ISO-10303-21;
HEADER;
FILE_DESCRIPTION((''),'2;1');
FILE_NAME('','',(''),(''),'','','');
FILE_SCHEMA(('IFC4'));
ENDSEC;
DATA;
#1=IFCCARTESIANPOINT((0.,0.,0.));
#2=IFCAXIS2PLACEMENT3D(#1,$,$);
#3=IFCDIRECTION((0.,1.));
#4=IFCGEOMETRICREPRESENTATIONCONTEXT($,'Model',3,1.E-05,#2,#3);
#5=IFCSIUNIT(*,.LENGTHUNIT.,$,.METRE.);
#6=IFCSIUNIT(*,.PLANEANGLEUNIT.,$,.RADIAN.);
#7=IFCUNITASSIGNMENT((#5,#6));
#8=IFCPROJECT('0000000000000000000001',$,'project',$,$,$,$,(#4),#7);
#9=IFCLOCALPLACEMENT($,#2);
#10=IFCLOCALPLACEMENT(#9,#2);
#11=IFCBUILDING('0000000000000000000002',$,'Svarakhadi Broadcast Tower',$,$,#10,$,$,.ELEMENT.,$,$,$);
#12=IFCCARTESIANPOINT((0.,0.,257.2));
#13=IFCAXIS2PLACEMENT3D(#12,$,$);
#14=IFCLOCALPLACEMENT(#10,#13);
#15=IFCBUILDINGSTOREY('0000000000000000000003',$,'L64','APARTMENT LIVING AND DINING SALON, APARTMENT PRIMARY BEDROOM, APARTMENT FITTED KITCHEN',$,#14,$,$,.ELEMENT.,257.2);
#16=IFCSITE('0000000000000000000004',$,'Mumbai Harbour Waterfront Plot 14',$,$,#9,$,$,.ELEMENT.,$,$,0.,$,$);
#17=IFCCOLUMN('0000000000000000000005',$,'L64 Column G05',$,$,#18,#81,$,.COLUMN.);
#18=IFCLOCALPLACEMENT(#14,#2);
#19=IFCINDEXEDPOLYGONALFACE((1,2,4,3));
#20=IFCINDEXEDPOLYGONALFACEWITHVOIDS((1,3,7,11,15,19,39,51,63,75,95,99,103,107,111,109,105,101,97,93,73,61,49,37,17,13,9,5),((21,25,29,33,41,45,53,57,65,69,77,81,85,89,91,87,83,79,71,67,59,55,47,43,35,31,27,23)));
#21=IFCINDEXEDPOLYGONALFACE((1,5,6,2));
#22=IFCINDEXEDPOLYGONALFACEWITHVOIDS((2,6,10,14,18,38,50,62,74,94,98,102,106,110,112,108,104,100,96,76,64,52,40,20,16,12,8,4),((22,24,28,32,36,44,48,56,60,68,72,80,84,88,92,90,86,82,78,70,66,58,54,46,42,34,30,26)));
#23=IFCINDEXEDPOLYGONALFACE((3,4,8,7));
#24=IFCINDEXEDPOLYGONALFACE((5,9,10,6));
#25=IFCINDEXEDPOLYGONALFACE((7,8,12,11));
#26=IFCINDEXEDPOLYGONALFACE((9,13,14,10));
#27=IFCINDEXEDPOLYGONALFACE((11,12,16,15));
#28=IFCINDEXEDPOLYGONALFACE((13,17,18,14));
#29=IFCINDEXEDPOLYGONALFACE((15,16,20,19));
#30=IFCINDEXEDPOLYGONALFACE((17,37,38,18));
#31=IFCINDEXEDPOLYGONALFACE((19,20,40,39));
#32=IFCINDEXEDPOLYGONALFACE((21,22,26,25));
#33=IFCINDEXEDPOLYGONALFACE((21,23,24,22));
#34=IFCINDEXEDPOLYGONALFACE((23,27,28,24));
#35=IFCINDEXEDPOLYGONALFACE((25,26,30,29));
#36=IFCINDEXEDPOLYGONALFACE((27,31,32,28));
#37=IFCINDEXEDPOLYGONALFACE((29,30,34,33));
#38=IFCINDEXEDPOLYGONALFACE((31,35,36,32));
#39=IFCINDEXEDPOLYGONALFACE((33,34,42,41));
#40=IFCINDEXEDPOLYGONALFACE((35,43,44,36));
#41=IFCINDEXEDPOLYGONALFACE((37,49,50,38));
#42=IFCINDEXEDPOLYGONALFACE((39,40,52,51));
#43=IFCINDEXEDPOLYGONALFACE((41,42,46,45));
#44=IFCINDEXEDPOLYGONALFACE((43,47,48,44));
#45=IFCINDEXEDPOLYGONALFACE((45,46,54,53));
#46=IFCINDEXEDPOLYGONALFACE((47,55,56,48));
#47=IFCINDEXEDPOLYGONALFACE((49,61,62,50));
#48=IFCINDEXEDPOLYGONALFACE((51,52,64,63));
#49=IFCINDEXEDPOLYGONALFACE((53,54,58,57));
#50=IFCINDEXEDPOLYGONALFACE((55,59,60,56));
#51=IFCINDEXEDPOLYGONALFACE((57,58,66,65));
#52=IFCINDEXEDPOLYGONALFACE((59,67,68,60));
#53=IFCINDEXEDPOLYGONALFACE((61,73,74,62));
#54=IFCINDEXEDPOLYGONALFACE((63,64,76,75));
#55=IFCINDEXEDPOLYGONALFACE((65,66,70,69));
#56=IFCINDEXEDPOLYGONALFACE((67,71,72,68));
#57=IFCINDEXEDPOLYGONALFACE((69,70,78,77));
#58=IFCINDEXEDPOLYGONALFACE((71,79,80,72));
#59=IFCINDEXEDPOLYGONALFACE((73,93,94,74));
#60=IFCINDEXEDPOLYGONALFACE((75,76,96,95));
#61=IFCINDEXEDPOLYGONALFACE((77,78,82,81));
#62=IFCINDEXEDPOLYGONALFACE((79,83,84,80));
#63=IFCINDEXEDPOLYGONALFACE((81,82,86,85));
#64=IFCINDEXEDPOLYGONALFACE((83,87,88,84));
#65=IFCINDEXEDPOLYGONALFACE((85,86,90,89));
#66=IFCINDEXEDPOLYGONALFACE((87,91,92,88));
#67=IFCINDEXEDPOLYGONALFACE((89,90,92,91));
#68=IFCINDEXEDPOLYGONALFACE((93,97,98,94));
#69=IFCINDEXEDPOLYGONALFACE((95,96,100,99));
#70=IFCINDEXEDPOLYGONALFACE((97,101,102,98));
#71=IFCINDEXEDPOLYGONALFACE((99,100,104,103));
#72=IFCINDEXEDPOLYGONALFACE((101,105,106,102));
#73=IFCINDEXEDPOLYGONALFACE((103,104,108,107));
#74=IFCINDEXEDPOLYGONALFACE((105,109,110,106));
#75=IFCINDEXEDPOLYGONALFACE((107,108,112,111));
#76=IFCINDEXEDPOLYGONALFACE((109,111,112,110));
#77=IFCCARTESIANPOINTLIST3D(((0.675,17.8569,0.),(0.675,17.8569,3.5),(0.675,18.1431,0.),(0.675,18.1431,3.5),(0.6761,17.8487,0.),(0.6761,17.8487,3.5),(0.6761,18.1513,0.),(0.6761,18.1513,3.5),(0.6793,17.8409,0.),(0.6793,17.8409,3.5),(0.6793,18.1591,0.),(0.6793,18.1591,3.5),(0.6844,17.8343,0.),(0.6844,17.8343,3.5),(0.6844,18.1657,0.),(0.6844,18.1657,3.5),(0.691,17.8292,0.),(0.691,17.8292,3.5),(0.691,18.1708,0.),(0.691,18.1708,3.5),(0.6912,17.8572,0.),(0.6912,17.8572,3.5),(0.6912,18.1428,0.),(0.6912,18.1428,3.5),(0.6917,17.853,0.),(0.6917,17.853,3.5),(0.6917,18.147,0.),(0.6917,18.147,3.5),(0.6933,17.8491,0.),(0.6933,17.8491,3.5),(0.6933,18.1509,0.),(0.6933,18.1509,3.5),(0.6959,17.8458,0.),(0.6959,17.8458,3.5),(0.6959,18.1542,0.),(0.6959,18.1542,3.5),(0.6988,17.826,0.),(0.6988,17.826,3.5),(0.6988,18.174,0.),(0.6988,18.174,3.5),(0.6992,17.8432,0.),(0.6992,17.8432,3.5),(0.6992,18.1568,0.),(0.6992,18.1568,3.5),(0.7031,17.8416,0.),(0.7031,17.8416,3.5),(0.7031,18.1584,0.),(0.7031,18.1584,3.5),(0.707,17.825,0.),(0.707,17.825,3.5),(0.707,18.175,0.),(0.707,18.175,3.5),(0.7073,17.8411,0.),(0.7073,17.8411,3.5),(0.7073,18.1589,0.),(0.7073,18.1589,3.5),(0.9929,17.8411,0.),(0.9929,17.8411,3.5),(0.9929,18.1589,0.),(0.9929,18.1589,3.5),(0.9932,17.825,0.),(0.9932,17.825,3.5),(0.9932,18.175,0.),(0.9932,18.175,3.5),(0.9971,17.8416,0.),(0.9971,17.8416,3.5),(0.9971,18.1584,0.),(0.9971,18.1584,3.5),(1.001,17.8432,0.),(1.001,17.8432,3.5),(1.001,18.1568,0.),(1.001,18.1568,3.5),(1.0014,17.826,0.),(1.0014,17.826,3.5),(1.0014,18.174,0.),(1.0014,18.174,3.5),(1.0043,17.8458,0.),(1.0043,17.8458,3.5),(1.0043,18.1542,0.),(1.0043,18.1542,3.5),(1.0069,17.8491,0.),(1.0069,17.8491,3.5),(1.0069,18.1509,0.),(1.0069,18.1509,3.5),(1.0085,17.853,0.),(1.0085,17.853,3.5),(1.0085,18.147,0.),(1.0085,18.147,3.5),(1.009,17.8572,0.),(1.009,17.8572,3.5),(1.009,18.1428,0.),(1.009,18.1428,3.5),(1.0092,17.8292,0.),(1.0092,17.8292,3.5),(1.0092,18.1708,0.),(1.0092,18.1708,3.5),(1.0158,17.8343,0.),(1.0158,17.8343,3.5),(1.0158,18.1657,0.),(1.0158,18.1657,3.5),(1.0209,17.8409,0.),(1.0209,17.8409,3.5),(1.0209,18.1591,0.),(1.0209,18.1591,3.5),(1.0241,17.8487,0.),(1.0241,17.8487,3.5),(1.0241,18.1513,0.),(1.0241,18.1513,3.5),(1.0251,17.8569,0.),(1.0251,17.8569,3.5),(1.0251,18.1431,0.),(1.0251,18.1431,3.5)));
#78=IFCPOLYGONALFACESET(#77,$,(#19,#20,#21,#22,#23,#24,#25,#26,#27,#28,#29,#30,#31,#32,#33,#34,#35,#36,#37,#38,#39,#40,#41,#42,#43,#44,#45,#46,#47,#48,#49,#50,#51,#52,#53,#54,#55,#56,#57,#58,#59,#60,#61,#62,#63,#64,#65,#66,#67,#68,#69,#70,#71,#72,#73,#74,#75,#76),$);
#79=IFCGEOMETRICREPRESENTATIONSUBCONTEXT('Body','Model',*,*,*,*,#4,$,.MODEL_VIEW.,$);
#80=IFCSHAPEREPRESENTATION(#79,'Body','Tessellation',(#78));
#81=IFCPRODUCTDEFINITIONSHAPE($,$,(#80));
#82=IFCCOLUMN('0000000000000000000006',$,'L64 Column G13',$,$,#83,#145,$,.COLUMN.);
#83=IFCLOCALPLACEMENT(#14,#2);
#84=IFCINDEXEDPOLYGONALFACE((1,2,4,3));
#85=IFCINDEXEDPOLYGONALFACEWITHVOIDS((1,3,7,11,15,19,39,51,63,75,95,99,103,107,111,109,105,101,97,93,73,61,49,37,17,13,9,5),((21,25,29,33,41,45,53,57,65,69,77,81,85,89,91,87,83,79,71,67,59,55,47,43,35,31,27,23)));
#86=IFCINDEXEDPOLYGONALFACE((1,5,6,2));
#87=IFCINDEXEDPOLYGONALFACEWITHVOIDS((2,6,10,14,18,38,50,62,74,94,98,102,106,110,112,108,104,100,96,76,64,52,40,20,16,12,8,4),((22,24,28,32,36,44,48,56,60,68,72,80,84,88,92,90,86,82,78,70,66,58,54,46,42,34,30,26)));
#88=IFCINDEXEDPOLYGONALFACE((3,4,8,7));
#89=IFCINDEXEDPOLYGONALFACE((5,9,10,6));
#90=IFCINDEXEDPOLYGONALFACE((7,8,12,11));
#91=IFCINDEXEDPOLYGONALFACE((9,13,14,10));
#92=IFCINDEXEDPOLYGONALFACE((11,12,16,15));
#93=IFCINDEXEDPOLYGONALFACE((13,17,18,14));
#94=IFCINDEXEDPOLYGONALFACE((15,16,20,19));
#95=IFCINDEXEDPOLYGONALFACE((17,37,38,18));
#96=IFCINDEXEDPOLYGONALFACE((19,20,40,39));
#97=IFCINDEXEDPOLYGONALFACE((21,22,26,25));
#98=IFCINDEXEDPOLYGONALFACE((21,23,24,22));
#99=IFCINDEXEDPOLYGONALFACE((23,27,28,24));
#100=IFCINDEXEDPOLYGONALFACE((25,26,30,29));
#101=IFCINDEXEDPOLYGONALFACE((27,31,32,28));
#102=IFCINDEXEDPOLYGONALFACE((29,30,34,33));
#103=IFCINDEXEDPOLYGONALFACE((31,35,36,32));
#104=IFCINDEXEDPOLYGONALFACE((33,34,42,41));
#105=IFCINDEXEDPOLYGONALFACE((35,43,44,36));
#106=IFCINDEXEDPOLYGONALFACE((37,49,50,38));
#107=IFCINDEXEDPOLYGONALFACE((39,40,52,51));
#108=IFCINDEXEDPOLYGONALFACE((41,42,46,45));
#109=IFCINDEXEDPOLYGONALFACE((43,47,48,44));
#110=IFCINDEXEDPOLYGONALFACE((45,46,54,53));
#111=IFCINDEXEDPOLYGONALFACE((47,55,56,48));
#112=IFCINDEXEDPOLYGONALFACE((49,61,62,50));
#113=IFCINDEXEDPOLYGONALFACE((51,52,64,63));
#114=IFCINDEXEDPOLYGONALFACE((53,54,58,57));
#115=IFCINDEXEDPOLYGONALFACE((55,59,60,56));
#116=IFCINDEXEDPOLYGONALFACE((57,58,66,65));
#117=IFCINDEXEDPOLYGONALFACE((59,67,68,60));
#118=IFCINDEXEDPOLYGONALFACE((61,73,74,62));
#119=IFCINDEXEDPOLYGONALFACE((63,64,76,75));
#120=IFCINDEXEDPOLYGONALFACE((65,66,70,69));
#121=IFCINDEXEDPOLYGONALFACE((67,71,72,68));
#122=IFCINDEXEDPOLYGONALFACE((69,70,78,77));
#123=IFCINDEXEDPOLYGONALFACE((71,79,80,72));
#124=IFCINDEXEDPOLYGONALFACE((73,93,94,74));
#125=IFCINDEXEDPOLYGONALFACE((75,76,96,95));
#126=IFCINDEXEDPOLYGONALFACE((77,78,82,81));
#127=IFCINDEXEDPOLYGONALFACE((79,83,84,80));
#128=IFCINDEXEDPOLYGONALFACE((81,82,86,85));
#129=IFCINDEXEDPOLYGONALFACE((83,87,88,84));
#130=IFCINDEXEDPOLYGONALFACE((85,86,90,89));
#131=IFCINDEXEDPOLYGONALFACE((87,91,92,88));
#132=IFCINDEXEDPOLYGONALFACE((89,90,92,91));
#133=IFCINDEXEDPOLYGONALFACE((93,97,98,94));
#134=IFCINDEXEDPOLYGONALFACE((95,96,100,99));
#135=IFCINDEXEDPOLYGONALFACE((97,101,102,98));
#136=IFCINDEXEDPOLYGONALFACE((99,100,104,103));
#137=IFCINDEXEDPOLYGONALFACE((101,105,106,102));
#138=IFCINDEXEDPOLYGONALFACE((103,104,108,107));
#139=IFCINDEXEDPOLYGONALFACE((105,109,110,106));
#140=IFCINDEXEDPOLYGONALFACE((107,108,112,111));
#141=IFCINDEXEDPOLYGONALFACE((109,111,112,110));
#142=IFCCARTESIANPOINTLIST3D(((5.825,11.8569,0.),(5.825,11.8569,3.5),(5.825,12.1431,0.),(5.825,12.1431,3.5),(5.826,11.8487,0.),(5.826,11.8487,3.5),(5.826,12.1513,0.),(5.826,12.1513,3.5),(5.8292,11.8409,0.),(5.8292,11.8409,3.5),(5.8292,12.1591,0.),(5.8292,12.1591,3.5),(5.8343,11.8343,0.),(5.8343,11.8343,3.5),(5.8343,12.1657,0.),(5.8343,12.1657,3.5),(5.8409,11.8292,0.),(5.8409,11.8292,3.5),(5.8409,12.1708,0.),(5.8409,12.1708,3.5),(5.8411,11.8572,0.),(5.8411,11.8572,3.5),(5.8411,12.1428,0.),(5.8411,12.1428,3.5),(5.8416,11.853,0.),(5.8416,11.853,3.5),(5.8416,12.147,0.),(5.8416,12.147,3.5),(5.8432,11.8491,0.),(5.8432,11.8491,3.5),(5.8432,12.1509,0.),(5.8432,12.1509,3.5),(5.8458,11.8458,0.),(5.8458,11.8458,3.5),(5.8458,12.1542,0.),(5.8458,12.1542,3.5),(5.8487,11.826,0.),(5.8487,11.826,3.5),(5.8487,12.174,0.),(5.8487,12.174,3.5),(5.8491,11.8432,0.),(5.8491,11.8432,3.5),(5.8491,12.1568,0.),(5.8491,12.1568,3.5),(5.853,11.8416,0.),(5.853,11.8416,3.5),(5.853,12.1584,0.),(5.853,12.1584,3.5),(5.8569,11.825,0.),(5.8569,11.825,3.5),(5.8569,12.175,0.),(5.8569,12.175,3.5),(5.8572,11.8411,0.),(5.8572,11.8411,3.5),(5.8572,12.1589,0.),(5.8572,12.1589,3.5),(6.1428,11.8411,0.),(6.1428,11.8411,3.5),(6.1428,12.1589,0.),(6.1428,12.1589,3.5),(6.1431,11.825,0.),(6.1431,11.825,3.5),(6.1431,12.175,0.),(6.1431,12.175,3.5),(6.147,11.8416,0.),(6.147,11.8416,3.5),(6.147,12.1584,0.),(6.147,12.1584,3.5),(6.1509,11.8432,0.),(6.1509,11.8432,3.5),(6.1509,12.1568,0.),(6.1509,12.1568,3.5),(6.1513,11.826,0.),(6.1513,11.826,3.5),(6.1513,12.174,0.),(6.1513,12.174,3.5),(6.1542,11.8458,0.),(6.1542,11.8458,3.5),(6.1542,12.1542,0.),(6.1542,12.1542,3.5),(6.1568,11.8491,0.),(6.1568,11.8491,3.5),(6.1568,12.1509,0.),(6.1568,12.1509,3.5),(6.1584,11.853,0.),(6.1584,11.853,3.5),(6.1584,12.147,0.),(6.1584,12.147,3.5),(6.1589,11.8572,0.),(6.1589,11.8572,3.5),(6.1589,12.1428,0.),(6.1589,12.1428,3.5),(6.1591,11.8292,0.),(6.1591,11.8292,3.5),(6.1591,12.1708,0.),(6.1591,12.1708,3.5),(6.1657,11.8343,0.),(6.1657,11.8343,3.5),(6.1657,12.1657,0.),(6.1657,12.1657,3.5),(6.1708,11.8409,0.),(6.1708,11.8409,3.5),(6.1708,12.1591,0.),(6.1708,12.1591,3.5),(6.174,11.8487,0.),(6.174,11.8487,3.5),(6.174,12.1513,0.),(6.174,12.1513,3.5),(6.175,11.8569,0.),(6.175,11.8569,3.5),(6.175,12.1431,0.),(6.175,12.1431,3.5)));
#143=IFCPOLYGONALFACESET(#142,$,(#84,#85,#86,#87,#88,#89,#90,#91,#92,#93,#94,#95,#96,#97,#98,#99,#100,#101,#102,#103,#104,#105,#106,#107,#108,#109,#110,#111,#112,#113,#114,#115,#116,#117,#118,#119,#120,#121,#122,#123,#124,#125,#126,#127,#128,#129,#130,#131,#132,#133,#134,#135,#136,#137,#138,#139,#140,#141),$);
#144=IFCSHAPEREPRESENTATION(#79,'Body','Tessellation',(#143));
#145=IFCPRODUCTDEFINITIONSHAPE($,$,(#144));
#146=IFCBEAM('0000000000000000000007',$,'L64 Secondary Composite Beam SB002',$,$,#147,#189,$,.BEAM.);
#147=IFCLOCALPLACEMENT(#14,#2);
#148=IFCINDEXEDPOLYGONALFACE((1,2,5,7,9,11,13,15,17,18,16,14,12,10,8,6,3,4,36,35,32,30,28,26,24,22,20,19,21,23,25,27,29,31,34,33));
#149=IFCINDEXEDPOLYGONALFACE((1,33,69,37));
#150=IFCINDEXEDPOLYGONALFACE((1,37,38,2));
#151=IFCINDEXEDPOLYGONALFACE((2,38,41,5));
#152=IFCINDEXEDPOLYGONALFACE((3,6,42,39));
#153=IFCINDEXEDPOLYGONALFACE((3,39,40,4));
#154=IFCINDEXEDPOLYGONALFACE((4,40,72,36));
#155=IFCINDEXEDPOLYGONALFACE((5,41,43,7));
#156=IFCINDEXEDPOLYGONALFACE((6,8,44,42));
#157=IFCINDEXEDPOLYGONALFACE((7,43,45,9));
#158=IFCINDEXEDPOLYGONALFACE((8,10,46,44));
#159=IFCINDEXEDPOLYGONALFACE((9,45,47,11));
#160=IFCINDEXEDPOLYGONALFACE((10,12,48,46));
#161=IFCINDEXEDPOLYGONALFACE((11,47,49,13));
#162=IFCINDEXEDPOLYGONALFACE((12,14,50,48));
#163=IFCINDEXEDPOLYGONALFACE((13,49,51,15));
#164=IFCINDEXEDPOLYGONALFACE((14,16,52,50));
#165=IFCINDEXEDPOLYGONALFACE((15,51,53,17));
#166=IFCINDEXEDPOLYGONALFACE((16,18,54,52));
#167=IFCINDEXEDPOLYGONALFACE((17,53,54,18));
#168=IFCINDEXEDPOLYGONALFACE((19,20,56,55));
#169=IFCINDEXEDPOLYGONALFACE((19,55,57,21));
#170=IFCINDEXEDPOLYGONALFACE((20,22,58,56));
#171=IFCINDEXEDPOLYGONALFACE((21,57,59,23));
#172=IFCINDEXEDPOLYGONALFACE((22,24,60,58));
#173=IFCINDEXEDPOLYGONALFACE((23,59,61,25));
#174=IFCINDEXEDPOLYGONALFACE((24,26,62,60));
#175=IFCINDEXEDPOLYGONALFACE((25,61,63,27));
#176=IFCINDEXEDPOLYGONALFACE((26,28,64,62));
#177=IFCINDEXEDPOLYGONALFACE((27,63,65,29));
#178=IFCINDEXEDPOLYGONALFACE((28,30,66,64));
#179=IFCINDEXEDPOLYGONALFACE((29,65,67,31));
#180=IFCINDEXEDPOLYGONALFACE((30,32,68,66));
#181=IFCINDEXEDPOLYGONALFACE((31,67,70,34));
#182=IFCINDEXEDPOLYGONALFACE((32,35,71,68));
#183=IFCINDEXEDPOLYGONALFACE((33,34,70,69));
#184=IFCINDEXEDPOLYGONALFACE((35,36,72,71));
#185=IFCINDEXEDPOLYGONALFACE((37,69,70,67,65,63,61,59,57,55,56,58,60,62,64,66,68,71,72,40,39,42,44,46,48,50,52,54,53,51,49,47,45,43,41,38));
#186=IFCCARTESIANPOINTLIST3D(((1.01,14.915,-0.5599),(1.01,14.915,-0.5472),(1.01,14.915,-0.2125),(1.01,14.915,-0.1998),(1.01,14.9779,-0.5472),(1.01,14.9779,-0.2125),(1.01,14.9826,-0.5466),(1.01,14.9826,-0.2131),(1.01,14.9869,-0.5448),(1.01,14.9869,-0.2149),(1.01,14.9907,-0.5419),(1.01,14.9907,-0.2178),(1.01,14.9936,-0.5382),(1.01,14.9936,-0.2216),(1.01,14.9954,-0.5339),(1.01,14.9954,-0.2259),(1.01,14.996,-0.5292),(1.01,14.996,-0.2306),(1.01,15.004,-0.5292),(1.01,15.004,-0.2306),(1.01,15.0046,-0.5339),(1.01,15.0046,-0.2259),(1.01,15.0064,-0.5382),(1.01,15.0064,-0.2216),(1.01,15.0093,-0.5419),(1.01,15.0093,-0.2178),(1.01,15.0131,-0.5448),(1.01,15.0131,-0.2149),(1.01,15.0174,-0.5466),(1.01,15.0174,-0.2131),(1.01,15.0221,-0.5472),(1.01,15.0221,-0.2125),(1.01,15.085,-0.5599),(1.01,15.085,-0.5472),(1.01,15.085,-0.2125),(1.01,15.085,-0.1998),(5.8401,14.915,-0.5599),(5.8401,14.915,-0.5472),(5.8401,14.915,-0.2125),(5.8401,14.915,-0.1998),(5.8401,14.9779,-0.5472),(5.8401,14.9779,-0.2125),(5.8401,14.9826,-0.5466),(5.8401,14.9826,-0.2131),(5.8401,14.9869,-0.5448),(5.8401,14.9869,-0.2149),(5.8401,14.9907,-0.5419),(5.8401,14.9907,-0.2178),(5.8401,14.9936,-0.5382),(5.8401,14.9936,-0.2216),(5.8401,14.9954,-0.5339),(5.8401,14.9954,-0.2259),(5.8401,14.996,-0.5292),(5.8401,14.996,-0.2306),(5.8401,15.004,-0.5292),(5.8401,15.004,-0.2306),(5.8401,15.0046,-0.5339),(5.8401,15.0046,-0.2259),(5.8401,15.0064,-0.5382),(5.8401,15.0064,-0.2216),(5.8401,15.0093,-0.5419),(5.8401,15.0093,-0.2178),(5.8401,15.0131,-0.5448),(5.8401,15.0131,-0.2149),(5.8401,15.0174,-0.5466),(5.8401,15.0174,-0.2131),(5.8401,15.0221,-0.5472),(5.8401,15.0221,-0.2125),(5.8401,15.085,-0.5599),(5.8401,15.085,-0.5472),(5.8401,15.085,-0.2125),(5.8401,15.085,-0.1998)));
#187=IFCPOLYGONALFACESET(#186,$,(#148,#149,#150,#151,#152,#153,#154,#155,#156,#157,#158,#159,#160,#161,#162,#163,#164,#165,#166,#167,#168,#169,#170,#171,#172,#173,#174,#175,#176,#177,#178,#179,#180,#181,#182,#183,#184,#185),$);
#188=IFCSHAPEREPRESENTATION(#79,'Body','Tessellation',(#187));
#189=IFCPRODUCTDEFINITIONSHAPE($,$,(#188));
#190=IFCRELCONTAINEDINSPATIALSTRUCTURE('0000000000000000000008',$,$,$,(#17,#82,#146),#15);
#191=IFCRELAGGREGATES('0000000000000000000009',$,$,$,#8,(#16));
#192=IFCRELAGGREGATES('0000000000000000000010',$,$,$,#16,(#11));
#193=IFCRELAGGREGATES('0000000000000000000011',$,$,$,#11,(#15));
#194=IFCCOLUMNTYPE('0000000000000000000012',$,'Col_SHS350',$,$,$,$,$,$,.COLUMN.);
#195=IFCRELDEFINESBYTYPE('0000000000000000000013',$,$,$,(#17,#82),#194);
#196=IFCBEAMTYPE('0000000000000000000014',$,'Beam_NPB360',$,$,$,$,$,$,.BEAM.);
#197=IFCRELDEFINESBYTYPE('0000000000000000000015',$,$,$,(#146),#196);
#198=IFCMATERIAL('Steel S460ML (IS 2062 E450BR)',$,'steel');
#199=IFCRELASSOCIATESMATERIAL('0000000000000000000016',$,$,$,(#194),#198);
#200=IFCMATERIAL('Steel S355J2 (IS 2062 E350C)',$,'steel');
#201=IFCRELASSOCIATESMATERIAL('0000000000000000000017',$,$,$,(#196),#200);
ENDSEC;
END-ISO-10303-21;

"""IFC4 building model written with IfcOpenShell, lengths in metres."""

from ifc_helpers import new_model, si_unit, direction, frame, origin, origin_2d, place, context, subcontext, project, spatial, hollow_rectangle, i_section, extrude, material, material_profile, profile_set, type_object, element, save


model = new_model("IFC4")

# Units and contexts
model_context = context("Model", 3, precision=1e-05, world=origin(), true_north=direction((0.0, 1.0)))
body_context = subcontext(model_context, "Body", "Model", "MODEL_VIEW")
ifc_project = project(units=[si_unit("LENGTHUNIT", "METRE"), si_unit("PLANEANGLEUNIT", "RADIAN")], contexts=[model_context])

# Site, building, storey
site_placement = place(None, origin())
site = spatial("IfcSite", under=ifc_project, at=site_placement, Name="Mumbai Harbour Waterfront Plot 14", CompositionType="ELEMENT", RefElevation=0.0)
building_placement = place(site_placement, origin())
building = spatial("IfcBuilding", under=site, at=building_placement, Name="Svarakhadi Broadcast Tower", CompositionType="ELEMENT")
storey_placement = place(building_placement, frame((0.0, 0.0, 257.2)))
storey = spatial("IfcBuildingStorey", under=building, at=storey_placement, Name="L64", Description="APARTMENT LIVING AND DINING SALON, APARTMENT PRIMARY BEDROOM, APARTMENT FITTED KITCHEN", CompositionType="ELEMENT", Elevation=257.2)

# Columns
ifc_material_1 = material(Name="Steel S460ML (IS 2062 E450BR)", Category="steel")
ifc_material_profile_1 = material_profile(ifc_material_1, hollow_rectangle(XDim=0.3501, YDim=0.3501, WallThickness=0.0161, InnerFilletRadius=0.0161, OuterFilletRadius=0.032, at=origin_2d()), Name="SHS 350x350x16")
ifc_profile_set_1 = profile_set([ifc_material_profile_1], Name="Steel S460ML (IS 2062 E450BR)")
column_type = type_object("IfcColumnType", Name="Col_SHS350", PredefinedType="COLUMN", material=ifc_profile_set_1)
for number, where, z_axis, x_axis, name in (
    (1, (0.8501, 18.0, 0.0), (0.0, 0.0, 1.0), (1.0, 0.0, 0.0), "L64 Column G05"),
    (2, (6.0, 12.0, 0.0), (0.0, 0.0, 1.0), (1.0, 0.0, 0.0), "L64 Column G13"),
):
    element("IfcColumn", number, at=place(storey_placement, frame(where, z_axis=z_axis, x_axis=x_axis)), inside=storey, type_object=column_type, Name=name, PredefinedType="COLUMN", context=body_context, shape_type="SweptSolid", body=[
        extrude(hollow_rectangle(XDim=0.3501, YDim=0.3501, WallThickness=0.0161, InnerFilletRadius=0.0161, OuterFilletRadius=0.032, at=origin_2d()), origin(), (0.0, 0.0, 1.0), 3.5),
    ])

# Beam
ifc_material_2 = material(Name="Steel S355J2 (IS 2062 E350C)", Category="steel")
ifc_material_profile_2 = material_profile(ifc_material_2, i_section(OverallWidth=0.1699, OverallDepth=0.3601, WebThickness=0.0081, FlangeThickness=0.0127, FilletRadius=0.0181, at=origin_2d()), Name="NPB 360x170x57")
ifc_profile_set_2 = profile_set([ifc_material_profile_2], Name="Steel S355J2 (IS 2062 E350C)")
beam_type_1 = type_object("IfcBeamType", Name="Beam_NPB360", PredefinedType="BEAM", material=ifc_profile_set_2)
for number, where, z_axis, x_axis, name in (
    (3, (1.01, 15.0, -0.3799), (1.0, 0.0, 0.0), (0.0, 1.0, 0.0), "L64 Secondary Composite Beam SB002"),
):
    element("IfcBeam", number, at=place(storey_placement, frame(where, z_axis=z_axis, x_axis=x_axis)), inside=storey, type_object=beam_type_1, Name=name, PredefinedType="BEAM", context=body_context, shape_type="SweptSolid", body=[
        extrude(i_section(OverallWidth=0.1699, OverallDepth=0.3601, WebThickness=0.0081, FlangeThickness=0.0127, FilletRadius=0.0181, at=origin_2d()), origin(), (0.0, 0.0, 1.0), 4.8301),
    ])

save(model, "model.ifc")
